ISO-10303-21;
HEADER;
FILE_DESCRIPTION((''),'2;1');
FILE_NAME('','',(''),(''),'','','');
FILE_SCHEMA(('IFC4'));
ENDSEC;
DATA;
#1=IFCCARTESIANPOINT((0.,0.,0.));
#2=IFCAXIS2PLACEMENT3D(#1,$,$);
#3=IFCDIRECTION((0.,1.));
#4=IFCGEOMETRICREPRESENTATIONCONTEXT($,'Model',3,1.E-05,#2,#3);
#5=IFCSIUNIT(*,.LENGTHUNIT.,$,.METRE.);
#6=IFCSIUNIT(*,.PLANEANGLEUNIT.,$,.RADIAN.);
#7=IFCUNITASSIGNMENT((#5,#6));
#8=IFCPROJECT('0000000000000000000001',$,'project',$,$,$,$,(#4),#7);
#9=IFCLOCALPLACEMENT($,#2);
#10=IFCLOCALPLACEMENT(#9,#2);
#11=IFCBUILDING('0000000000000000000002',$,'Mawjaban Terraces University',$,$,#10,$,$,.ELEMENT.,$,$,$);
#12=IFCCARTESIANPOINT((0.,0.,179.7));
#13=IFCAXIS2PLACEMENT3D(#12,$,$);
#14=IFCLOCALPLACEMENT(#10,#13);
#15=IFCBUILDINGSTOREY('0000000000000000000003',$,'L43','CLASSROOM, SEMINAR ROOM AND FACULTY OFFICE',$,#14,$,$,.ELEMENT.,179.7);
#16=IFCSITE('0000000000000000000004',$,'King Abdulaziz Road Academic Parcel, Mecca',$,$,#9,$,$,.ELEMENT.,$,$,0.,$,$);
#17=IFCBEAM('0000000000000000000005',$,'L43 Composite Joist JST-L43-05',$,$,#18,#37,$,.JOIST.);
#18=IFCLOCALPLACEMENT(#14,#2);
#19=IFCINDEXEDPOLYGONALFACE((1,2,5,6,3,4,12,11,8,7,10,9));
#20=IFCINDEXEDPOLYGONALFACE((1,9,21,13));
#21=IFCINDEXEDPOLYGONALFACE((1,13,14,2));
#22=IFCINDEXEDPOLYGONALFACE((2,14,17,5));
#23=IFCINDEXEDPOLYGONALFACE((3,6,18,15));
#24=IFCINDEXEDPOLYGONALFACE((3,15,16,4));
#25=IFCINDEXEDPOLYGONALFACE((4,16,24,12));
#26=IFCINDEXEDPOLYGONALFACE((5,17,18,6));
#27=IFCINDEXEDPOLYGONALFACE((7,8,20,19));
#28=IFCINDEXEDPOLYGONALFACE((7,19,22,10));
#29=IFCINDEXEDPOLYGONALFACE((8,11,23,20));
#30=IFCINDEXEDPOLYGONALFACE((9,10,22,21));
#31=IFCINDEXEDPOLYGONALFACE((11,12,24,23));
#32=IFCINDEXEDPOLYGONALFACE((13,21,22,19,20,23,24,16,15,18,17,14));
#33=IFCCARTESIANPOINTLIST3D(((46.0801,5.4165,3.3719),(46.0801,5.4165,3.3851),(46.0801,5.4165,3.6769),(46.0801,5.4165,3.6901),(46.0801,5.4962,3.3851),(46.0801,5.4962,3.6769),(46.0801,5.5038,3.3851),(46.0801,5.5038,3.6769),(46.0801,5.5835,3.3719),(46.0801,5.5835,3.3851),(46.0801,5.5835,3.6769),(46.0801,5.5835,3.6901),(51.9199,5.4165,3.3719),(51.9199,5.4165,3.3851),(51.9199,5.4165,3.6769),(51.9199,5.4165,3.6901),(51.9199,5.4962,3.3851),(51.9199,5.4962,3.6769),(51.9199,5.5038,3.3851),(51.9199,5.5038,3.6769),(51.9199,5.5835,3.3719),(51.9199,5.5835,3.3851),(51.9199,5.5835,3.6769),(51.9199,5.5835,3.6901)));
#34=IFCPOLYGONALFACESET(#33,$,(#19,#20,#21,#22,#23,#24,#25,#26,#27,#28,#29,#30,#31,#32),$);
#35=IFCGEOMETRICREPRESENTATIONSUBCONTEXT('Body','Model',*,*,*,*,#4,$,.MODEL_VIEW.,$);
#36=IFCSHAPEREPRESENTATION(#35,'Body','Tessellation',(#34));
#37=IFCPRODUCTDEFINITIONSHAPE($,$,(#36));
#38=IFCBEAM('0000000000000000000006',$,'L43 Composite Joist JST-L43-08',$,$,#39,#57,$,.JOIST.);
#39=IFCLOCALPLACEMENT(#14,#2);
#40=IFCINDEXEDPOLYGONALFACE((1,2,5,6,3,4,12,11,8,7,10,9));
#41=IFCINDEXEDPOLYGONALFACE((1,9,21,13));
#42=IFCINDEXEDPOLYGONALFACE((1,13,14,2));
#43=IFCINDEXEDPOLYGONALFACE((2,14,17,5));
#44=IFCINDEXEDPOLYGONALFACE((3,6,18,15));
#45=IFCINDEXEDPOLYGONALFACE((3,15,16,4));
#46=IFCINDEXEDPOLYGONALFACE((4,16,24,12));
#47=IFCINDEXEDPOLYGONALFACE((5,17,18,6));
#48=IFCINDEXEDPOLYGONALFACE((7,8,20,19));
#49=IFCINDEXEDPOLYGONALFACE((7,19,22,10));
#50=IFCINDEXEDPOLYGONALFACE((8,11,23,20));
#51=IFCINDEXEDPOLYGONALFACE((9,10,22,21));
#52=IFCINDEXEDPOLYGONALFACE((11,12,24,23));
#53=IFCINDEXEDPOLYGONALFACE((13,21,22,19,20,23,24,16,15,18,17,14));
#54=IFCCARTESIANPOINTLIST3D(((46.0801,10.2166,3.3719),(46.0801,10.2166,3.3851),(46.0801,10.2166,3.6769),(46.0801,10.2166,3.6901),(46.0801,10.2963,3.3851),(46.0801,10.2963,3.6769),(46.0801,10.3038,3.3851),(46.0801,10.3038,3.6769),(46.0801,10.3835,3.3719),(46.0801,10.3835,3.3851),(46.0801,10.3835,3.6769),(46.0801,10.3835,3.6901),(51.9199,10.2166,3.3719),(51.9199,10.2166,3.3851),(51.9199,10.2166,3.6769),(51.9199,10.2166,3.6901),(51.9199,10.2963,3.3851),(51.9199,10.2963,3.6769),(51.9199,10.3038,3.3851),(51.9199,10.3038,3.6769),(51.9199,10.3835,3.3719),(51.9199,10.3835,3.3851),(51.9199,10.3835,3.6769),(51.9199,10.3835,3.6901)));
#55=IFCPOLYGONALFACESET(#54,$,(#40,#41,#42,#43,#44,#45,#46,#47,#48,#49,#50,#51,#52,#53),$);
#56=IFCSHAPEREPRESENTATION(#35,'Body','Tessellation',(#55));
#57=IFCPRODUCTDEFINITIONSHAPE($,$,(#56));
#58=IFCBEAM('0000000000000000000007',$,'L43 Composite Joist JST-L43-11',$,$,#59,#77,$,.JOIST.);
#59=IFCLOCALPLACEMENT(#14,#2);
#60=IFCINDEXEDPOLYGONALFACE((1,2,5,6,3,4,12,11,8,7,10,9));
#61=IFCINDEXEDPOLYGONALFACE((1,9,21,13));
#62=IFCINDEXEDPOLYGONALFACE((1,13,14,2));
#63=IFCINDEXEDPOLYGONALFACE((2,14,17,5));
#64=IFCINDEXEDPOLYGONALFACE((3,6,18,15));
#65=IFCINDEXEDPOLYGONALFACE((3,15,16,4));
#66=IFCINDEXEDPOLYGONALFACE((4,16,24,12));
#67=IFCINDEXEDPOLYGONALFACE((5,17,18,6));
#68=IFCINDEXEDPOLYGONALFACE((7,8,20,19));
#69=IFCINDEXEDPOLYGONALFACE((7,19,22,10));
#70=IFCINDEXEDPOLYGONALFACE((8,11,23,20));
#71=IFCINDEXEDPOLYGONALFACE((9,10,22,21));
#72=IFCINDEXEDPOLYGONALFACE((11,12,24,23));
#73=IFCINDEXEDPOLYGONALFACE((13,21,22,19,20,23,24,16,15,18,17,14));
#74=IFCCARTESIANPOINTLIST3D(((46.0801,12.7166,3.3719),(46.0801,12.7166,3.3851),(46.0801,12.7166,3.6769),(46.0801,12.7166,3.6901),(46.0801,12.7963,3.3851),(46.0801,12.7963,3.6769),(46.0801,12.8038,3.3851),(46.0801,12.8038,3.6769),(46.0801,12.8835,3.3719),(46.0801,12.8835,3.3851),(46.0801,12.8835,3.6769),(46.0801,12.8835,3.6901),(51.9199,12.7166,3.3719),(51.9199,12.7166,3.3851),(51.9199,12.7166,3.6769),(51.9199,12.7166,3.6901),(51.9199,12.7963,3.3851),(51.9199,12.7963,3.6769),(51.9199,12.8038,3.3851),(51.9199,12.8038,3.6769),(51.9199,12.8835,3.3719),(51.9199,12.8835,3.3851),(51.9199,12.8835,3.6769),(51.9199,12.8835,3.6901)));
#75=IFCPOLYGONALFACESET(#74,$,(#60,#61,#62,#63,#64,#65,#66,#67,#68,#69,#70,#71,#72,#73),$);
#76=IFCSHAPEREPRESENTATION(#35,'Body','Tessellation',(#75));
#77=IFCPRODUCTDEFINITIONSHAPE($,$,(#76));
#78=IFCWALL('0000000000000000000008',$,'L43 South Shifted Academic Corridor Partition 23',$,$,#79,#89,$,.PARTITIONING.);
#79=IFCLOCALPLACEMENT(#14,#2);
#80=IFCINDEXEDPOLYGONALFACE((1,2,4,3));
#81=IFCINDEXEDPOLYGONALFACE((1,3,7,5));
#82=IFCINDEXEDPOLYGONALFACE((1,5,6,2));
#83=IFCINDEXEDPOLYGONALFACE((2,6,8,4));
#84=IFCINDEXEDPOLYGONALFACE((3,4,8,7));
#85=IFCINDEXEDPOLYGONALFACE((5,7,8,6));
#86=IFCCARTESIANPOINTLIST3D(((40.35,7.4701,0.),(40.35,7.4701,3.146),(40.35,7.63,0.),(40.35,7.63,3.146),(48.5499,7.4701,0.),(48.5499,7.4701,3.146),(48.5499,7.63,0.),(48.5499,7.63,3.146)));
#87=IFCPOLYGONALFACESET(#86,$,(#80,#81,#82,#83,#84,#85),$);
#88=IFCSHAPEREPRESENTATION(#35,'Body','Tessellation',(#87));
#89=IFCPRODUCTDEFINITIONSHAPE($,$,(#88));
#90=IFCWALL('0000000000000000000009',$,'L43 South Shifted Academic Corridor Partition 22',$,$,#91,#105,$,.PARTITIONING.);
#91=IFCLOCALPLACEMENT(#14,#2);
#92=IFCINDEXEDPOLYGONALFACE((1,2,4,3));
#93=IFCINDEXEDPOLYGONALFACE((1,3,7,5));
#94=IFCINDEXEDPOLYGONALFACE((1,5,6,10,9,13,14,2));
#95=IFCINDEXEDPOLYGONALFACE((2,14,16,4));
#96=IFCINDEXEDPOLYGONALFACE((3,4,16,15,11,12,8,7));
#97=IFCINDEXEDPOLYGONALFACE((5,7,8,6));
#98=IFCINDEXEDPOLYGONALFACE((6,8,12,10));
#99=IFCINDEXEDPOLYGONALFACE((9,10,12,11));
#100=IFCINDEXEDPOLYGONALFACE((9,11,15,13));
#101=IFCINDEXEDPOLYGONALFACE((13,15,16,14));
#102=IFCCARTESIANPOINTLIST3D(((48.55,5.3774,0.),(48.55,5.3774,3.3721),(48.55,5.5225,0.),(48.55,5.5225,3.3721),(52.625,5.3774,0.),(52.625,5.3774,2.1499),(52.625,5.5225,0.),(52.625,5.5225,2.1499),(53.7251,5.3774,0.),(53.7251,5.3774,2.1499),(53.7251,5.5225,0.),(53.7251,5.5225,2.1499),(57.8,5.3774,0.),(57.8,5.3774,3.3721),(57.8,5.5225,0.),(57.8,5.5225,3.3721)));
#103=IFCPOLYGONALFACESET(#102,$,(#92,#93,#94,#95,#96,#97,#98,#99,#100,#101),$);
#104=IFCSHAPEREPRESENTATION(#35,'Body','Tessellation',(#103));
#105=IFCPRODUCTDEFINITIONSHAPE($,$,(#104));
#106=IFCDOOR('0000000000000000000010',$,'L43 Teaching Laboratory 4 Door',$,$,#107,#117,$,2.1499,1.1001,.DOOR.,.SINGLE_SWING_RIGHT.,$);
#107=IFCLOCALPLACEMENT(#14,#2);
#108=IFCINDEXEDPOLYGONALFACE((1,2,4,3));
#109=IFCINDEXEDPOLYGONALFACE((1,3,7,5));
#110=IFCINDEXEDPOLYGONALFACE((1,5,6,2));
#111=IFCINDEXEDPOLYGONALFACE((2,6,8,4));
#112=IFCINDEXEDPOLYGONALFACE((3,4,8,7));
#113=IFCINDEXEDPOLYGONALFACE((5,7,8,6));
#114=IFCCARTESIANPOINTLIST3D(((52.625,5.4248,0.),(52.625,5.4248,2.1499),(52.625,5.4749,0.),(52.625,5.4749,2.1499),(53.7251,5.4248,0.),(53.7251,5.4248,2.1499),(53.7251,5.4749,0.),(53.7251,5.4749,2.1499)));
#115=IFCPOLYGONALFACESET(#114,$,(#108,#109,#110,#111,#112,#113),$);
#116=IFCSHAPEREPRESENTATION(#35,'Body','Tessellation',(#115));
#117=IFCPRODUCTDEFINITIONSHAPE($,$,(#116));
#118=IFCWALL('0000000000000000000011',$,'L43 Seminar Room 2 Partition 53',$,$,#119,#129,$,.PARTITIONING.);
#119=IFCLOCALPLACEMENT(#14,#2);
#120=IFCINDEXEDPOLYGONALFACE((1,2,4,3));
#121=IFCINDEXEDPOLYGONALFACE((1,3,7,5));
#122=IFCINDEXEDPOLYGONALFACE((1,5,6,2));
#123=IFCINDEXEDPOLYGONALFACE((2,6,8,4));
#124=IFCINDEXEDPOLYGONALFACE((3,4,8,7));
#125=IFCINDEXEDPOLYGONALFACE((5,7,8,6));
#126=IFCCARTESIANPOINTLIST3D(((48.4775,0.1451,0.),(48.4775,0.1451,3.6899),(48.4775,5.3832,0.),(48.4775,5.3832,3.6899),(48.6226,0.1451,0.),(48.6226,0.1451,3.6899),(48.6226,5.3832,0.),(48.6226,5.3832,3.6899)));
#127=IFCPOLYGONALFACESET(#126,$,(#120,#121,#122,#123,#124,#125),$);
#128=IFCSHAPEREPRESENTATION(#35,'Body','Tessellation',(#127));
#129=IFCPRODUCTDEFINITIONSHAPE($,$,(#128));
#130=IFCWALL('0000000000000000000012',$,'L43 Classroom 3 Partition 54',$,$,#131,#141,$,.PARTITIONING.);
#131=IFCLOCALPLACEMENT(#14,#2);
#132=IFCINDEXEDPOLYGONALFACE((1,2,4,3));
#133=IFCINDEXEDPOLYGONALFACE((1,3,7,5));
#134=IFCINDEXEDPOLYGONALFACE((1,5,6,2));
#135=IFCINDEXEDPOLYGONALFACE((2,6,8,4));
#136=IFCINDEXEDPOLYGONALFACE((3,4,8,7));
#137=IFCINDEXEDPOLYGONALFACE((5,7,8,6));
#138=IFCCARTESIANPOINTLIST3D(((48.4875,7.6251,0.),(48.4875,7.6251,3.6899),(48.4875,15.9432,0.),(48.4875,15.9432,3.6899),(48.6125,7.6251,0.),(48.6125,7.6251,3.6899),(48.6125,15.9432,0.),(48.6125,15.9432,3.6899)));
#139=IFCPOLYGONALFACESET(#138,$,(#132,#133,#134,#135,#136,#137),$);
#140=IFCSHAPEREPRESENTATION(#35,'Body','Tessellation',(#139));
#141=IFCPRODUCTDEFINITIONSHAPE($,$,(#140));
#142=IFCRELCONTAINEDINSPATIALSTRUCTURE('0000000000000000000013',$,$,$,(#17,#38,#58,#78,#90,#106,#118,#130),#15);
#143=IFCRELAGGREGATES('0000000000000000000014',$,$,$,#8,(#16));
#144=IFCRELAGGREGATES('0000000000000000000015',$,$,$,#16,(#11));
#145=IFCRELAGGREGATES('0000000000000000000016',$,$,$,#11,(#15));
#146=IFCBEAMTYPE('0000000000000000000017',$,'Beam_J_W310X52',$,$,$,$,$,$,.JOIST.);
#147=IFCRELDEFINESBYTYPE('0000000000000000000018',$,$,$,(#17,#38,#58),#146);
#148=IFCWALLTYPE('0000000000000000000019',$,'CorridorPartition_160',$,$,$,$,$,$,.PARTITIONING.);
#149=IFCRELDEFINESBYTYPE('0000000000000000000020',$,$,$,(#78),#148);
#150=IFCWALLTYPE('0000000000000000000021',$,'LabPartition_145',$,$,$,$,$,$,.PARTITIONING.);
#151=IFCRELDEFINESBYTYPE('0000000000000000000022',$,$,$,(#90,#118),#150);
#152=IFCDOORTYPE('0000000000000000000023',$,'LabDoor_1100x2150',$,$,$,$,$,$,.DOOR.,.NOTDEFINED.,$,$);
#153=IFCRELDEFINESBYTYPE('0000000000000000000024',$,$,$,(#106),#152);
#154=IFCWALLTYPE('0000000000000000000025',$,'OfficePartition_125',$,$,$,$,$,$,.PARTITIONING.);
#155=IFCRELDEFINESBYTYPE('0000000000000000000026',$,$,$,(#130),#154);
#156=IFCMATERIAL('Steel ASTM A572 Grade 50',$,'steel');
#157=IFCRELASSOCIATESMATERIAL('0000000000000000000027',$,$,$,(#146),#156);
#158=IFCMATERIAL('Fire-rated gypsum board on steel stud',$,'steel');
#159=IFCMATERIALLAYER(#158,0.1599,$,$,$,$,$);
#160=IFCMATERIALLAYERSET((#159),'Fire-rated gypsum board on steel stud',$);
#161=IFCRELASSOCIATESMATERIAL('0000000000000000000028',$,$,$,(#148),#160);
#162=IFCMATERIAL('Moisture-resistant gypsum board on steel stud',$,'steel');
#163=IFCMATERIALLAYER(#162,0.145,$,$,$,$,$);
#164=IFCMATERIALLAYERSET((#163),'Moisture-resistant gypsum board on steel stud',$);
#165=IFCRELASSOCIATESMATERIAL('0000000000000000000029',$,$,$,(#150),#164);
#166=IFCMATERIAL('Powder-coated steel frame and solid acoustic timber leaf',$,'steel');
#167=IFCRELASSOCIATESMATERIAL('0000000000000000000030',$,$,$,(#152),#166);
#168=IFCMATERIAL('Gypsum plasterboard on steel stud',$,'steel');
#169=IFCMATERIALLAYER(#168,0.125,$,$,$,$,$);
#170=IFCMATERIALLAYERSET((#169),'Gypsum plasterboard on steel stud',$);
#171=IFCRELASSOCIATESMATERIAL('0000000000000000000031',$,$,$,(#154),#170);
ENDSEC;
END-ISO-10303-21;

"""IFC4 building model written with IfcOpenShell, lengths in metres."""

from ifc_helpers import new_model, si_unit, direction, frame, frame_2d, origin, origin_2d, place, context, subcontext, project, spatial, rectangle, i_section, extrude, material, layer, layer_set, material_profile, profile_set, type_object, element, fill, save


model = new_model("IFC4")

# Units and contexts
model_context = context("Model", 3, precision=1e-05, world=origin(), true_north=direction((0.0, 1.0)))
body_context = subcontext(model_context, "Body", "Model", "MODEL_VIEW")
ifc_project = project(units=[si_unit("LENGTHUNIT", "METRE"), si_unit("PLANEANGLEUNIT", "RADIAN")], contexts=[model_context])

# Site, building, storey
site_placement = place(None, origin())
site = spatial("IfcSite", under=ifc_project, at=site_placement, Name="King Abdulaziz Road Academic Parcel, Mecca", CompositionType="ELEMENT", RefElevation=0.0)
building_placement = place(site_placement, origin())
building = spatial("IfcBuilding", under=site, at=building_placement, Name="Mawjaban Terraces University", CompositionType="ELEMENT")
storey_placement = place(building_placement, frame((0.0, 0.0, 179.7)))
storey = spatial("IfcBuildingStorey", under=building, at=storey_placement, Name="L43", Description="CLASSROOM, SEMINAR ROOM AND FACULTY OFFICE", CompositionType="ELEMENT", Elevation=179.7)

# Beams
ifc_material_1 = material(Name="Steel ASTM A572 Grade 50", Category="steel")
ifc_material_profile_1 = material_profile(ifc_material_1, i_section(OverallWidth=0.167, OverallDepth=0.3181, WebThickness=0.0076, FlangeThickness=0.0132, at=origin_2d()), Name="W310X52")
ifc_profile_set_1 = profile_set([ifc_material_profile_1], Name="Steel ASTM A572 Grade 50")
beam_type_1 = type_object("IfcBeamType", Name="Beam_J_W310X52", PredefinedType="JOIST", material=ifc_profile_set_1)
for number, where, z_axis, x_axis, name in (
    (1, (46.0801, 5.5, 3.531), (1.0, 0.0, 0.0), (0.0, 1.0, 0.0), "L43 Composite Joist JST-L43-05"),
    (2, (46.0801, 10.3, 3.531), (1.0, 0.0, 0.0), (0.0, 1.0, 0.0), "L43 Composite Joist JST-L43-08"),
    (3, (46.0801, 12.8, 3.531), (1.0, 0.0, 0.0), (0.0, 1.0, 0.0), "L43 Composite Joist JST-L43-11"),
):
    element("IfcBeam", number, at=place(storey_placement, frame(where, z_axis=z_axis, x_axis=x_axis)), inside=storey, type_object=beam_type_1, Name=name, PredefinedType="JOIST", context=body_context, shape_type="SweptSolid", body=[
        extrude(i_section(OverallWidth=0.167, OverallDepth=0.3181, WebThickness=0.0076, FlangeThickness=0.0132, at=origin_2d()), origin(), (0.0, 0.0, 1.0), 5.8398),
    ])

# Wall
ifc_material_2 = material(Name="Fire-rated gypsum board on steel stud", Category="steel")
ifc_layer_1 = layer(ifc_material_2, 0.1599)
ifc_layer_set_1 = layer_set([ifc_layer_1], Name="Fire-rated gypsum board on steel stud")
wall_type_1 = type_object("IfcWallType", Name="CorridorPartition_160", PredefinedType="PARTITIONING", material=ifc_layer_set_1)
wall_1_placement = place(storey_placement, frame((48.55, 7.55, 0.0), z_axis=(0.0, 0.0, 1.0), x_axis=(-1.0, 0.0, 0.0)))
element("IfcWall", 4, at=wall_1_placement, inside=storey, type_object=wall_type_1, Name="L43 South Shifted Academic Corridor Partition 23", PredefinedType="PARTITIONING", context=body_context, shape_type="SweptSolid", body=[
    extrude(rectangle(XDim=8.2, YDim=0.1599, at=frame_2d((4.1001, 0.0))), origin(), (0.0, 0.0, 1.0), 3.146),
])

# Wall, opening, door
ifc_material_3 = material(Name="Moisture-resistant gypsum board on steel stud", Category="steel")
ifc_layer_2 = layer(ifc_material_3, 0.145)
ifc_layer_set_2 = layer_set([ifc_layer_2], Name="Moisture-resistant gypsum board on steel stud")
wall_type_2 = type_object("IfcWallType", Name="LabPartition_145", PredefinedType="PARTITIONING", material=ifc_layer_set_2)
wall_2_placement = place(storey_placement, frame((48.55, 5.45, 0.0), z_axis=(0.0, 0.0, 1.0), x_axis=(1.0, 0.0, 0.0)))
wall_2 = element("IfcWall", 5, at=wall_2_placement, inside=storey, type_object=wall_type_2, Name="L43 South Shifted Academic Corridor Partition 22", PredefinedType="PARTITIONING", context=body_context, shape_type="SweptSolid", body=[
    extrude(rectangle(XDim=9.25, YDim=0.145, at=frame_2d((4.625, 0.0))), origin(), (0.0, 0.0, 1.0), 3.3721),
])
opening_placement = place(wall_2_placement, frame((4.075, 0.0, 0.0)))
opening = element("IfcOpeningElement", 6, at=opening_placement, cuts=wall_2, PredefinedType="OPENING", context=body_context, shape_type="SweptSolid", body=[
    extrude(rectangle(XDim=1.1001, YDim=2.1499, at=frame_2d((0.55, 1.075))), frame((0.0, 0.0825, 0.0), z_axis=(0.0, -1.0, 0.0), x_axis=(1.0, 0.0, 0.0)), (0.0, 0.0, 1.0), 0.165),
])
ifc_material_4 = material(Name="Powder-coated steel frame and solid acoustic timber leaf", Category="steel")
door_type = type_object("IfcDoorType", Name="LabDoor_1100x2150", OperationType="NOTDEFINED", PredefinedType="DOOR", material=ifc_material_4)
door_placement = place(opening_placement, origin())
door = element("IfcDoor", 7, at=door_placement, inside=storey, type_object=door_type, Name="L43 Teaching Laboratory 4 Door", OperationType="SINGLE_SWING_RIGHT", OverallHeight=2.1499, OverallWidth=1.1001, PredefinedType="DOOR", context=body_context, shape_type="SweptSolid", body=[
    extrude(rectangle(XDim=1.1001, YDim=2.1499, at=frame_2d((0.55, 1.075))), frame((0.0, 0.0249, 0.0), z_axis=(0.0, -1.0, 0.0), x_axis=(1.0, 0.0, 0.0)), (0.0, 0.0, 1.0), 0.05),
])
fill(opening, door)

# Walls
wall_3_placement = place(storey_placement, frame((48.55, 0.145, 0.0), z_axis=(0.0, 0.0, 1.0), x_axis=(0.0, 1.0, 0.0)))
element("IfcWall", 8, at=wall_3_placement, inside=storey, type_object=wall_type_2, Name="L43 Seminar Room 2 Partition 53", PredefinedType="PARTITIONING", context=body_context, shape_type="SweptSolid", body=[
    extrude(rectangle(XDim=5.238, YDim=0.145, at=frame_2d((2.6191, 0.0))), origin(), (0.0, 0.0, 1.0), 3.6899),
])
ifc_material_5 = material(Name="Gypsum plasterboard on steel stud", Category="steel")
ifc_layer_3 = layer(ifc_material_5, 0.125)
ifc_layer_set_3 = layer_set([ifc_layer_3], Name="Gypsum plasterboard on steel stud")
wall_type_3 = type_object("IfcWallType", Name="OfficePartition_125", PredefinedType="PARTITIONING", material=ifc_layer_set_3)
wall_4_placement = place(storey_placement, frame((48.55, 7.625, 0.0), z_axis=(0.0, 0.0, 1.0), x_axis=(0.0, 1.0, 0.0)))
element("IfcWall", 9, at=wall_4_placement, inside=storey, type_object=wall_type_3, Name="L43 Classroom 3 Partition 54", PredefinedType="PARTITIONING", context=body_context, shape_type="SweptSolid", body=[
    extrude(rectangle(XDim=8.3181, YDim=0.125, at=frame_2d((4.1592, 0.0))), origin(), (0.0, 0.0, 1.0), 3.6899),
])

save(model, "model.ifc")
